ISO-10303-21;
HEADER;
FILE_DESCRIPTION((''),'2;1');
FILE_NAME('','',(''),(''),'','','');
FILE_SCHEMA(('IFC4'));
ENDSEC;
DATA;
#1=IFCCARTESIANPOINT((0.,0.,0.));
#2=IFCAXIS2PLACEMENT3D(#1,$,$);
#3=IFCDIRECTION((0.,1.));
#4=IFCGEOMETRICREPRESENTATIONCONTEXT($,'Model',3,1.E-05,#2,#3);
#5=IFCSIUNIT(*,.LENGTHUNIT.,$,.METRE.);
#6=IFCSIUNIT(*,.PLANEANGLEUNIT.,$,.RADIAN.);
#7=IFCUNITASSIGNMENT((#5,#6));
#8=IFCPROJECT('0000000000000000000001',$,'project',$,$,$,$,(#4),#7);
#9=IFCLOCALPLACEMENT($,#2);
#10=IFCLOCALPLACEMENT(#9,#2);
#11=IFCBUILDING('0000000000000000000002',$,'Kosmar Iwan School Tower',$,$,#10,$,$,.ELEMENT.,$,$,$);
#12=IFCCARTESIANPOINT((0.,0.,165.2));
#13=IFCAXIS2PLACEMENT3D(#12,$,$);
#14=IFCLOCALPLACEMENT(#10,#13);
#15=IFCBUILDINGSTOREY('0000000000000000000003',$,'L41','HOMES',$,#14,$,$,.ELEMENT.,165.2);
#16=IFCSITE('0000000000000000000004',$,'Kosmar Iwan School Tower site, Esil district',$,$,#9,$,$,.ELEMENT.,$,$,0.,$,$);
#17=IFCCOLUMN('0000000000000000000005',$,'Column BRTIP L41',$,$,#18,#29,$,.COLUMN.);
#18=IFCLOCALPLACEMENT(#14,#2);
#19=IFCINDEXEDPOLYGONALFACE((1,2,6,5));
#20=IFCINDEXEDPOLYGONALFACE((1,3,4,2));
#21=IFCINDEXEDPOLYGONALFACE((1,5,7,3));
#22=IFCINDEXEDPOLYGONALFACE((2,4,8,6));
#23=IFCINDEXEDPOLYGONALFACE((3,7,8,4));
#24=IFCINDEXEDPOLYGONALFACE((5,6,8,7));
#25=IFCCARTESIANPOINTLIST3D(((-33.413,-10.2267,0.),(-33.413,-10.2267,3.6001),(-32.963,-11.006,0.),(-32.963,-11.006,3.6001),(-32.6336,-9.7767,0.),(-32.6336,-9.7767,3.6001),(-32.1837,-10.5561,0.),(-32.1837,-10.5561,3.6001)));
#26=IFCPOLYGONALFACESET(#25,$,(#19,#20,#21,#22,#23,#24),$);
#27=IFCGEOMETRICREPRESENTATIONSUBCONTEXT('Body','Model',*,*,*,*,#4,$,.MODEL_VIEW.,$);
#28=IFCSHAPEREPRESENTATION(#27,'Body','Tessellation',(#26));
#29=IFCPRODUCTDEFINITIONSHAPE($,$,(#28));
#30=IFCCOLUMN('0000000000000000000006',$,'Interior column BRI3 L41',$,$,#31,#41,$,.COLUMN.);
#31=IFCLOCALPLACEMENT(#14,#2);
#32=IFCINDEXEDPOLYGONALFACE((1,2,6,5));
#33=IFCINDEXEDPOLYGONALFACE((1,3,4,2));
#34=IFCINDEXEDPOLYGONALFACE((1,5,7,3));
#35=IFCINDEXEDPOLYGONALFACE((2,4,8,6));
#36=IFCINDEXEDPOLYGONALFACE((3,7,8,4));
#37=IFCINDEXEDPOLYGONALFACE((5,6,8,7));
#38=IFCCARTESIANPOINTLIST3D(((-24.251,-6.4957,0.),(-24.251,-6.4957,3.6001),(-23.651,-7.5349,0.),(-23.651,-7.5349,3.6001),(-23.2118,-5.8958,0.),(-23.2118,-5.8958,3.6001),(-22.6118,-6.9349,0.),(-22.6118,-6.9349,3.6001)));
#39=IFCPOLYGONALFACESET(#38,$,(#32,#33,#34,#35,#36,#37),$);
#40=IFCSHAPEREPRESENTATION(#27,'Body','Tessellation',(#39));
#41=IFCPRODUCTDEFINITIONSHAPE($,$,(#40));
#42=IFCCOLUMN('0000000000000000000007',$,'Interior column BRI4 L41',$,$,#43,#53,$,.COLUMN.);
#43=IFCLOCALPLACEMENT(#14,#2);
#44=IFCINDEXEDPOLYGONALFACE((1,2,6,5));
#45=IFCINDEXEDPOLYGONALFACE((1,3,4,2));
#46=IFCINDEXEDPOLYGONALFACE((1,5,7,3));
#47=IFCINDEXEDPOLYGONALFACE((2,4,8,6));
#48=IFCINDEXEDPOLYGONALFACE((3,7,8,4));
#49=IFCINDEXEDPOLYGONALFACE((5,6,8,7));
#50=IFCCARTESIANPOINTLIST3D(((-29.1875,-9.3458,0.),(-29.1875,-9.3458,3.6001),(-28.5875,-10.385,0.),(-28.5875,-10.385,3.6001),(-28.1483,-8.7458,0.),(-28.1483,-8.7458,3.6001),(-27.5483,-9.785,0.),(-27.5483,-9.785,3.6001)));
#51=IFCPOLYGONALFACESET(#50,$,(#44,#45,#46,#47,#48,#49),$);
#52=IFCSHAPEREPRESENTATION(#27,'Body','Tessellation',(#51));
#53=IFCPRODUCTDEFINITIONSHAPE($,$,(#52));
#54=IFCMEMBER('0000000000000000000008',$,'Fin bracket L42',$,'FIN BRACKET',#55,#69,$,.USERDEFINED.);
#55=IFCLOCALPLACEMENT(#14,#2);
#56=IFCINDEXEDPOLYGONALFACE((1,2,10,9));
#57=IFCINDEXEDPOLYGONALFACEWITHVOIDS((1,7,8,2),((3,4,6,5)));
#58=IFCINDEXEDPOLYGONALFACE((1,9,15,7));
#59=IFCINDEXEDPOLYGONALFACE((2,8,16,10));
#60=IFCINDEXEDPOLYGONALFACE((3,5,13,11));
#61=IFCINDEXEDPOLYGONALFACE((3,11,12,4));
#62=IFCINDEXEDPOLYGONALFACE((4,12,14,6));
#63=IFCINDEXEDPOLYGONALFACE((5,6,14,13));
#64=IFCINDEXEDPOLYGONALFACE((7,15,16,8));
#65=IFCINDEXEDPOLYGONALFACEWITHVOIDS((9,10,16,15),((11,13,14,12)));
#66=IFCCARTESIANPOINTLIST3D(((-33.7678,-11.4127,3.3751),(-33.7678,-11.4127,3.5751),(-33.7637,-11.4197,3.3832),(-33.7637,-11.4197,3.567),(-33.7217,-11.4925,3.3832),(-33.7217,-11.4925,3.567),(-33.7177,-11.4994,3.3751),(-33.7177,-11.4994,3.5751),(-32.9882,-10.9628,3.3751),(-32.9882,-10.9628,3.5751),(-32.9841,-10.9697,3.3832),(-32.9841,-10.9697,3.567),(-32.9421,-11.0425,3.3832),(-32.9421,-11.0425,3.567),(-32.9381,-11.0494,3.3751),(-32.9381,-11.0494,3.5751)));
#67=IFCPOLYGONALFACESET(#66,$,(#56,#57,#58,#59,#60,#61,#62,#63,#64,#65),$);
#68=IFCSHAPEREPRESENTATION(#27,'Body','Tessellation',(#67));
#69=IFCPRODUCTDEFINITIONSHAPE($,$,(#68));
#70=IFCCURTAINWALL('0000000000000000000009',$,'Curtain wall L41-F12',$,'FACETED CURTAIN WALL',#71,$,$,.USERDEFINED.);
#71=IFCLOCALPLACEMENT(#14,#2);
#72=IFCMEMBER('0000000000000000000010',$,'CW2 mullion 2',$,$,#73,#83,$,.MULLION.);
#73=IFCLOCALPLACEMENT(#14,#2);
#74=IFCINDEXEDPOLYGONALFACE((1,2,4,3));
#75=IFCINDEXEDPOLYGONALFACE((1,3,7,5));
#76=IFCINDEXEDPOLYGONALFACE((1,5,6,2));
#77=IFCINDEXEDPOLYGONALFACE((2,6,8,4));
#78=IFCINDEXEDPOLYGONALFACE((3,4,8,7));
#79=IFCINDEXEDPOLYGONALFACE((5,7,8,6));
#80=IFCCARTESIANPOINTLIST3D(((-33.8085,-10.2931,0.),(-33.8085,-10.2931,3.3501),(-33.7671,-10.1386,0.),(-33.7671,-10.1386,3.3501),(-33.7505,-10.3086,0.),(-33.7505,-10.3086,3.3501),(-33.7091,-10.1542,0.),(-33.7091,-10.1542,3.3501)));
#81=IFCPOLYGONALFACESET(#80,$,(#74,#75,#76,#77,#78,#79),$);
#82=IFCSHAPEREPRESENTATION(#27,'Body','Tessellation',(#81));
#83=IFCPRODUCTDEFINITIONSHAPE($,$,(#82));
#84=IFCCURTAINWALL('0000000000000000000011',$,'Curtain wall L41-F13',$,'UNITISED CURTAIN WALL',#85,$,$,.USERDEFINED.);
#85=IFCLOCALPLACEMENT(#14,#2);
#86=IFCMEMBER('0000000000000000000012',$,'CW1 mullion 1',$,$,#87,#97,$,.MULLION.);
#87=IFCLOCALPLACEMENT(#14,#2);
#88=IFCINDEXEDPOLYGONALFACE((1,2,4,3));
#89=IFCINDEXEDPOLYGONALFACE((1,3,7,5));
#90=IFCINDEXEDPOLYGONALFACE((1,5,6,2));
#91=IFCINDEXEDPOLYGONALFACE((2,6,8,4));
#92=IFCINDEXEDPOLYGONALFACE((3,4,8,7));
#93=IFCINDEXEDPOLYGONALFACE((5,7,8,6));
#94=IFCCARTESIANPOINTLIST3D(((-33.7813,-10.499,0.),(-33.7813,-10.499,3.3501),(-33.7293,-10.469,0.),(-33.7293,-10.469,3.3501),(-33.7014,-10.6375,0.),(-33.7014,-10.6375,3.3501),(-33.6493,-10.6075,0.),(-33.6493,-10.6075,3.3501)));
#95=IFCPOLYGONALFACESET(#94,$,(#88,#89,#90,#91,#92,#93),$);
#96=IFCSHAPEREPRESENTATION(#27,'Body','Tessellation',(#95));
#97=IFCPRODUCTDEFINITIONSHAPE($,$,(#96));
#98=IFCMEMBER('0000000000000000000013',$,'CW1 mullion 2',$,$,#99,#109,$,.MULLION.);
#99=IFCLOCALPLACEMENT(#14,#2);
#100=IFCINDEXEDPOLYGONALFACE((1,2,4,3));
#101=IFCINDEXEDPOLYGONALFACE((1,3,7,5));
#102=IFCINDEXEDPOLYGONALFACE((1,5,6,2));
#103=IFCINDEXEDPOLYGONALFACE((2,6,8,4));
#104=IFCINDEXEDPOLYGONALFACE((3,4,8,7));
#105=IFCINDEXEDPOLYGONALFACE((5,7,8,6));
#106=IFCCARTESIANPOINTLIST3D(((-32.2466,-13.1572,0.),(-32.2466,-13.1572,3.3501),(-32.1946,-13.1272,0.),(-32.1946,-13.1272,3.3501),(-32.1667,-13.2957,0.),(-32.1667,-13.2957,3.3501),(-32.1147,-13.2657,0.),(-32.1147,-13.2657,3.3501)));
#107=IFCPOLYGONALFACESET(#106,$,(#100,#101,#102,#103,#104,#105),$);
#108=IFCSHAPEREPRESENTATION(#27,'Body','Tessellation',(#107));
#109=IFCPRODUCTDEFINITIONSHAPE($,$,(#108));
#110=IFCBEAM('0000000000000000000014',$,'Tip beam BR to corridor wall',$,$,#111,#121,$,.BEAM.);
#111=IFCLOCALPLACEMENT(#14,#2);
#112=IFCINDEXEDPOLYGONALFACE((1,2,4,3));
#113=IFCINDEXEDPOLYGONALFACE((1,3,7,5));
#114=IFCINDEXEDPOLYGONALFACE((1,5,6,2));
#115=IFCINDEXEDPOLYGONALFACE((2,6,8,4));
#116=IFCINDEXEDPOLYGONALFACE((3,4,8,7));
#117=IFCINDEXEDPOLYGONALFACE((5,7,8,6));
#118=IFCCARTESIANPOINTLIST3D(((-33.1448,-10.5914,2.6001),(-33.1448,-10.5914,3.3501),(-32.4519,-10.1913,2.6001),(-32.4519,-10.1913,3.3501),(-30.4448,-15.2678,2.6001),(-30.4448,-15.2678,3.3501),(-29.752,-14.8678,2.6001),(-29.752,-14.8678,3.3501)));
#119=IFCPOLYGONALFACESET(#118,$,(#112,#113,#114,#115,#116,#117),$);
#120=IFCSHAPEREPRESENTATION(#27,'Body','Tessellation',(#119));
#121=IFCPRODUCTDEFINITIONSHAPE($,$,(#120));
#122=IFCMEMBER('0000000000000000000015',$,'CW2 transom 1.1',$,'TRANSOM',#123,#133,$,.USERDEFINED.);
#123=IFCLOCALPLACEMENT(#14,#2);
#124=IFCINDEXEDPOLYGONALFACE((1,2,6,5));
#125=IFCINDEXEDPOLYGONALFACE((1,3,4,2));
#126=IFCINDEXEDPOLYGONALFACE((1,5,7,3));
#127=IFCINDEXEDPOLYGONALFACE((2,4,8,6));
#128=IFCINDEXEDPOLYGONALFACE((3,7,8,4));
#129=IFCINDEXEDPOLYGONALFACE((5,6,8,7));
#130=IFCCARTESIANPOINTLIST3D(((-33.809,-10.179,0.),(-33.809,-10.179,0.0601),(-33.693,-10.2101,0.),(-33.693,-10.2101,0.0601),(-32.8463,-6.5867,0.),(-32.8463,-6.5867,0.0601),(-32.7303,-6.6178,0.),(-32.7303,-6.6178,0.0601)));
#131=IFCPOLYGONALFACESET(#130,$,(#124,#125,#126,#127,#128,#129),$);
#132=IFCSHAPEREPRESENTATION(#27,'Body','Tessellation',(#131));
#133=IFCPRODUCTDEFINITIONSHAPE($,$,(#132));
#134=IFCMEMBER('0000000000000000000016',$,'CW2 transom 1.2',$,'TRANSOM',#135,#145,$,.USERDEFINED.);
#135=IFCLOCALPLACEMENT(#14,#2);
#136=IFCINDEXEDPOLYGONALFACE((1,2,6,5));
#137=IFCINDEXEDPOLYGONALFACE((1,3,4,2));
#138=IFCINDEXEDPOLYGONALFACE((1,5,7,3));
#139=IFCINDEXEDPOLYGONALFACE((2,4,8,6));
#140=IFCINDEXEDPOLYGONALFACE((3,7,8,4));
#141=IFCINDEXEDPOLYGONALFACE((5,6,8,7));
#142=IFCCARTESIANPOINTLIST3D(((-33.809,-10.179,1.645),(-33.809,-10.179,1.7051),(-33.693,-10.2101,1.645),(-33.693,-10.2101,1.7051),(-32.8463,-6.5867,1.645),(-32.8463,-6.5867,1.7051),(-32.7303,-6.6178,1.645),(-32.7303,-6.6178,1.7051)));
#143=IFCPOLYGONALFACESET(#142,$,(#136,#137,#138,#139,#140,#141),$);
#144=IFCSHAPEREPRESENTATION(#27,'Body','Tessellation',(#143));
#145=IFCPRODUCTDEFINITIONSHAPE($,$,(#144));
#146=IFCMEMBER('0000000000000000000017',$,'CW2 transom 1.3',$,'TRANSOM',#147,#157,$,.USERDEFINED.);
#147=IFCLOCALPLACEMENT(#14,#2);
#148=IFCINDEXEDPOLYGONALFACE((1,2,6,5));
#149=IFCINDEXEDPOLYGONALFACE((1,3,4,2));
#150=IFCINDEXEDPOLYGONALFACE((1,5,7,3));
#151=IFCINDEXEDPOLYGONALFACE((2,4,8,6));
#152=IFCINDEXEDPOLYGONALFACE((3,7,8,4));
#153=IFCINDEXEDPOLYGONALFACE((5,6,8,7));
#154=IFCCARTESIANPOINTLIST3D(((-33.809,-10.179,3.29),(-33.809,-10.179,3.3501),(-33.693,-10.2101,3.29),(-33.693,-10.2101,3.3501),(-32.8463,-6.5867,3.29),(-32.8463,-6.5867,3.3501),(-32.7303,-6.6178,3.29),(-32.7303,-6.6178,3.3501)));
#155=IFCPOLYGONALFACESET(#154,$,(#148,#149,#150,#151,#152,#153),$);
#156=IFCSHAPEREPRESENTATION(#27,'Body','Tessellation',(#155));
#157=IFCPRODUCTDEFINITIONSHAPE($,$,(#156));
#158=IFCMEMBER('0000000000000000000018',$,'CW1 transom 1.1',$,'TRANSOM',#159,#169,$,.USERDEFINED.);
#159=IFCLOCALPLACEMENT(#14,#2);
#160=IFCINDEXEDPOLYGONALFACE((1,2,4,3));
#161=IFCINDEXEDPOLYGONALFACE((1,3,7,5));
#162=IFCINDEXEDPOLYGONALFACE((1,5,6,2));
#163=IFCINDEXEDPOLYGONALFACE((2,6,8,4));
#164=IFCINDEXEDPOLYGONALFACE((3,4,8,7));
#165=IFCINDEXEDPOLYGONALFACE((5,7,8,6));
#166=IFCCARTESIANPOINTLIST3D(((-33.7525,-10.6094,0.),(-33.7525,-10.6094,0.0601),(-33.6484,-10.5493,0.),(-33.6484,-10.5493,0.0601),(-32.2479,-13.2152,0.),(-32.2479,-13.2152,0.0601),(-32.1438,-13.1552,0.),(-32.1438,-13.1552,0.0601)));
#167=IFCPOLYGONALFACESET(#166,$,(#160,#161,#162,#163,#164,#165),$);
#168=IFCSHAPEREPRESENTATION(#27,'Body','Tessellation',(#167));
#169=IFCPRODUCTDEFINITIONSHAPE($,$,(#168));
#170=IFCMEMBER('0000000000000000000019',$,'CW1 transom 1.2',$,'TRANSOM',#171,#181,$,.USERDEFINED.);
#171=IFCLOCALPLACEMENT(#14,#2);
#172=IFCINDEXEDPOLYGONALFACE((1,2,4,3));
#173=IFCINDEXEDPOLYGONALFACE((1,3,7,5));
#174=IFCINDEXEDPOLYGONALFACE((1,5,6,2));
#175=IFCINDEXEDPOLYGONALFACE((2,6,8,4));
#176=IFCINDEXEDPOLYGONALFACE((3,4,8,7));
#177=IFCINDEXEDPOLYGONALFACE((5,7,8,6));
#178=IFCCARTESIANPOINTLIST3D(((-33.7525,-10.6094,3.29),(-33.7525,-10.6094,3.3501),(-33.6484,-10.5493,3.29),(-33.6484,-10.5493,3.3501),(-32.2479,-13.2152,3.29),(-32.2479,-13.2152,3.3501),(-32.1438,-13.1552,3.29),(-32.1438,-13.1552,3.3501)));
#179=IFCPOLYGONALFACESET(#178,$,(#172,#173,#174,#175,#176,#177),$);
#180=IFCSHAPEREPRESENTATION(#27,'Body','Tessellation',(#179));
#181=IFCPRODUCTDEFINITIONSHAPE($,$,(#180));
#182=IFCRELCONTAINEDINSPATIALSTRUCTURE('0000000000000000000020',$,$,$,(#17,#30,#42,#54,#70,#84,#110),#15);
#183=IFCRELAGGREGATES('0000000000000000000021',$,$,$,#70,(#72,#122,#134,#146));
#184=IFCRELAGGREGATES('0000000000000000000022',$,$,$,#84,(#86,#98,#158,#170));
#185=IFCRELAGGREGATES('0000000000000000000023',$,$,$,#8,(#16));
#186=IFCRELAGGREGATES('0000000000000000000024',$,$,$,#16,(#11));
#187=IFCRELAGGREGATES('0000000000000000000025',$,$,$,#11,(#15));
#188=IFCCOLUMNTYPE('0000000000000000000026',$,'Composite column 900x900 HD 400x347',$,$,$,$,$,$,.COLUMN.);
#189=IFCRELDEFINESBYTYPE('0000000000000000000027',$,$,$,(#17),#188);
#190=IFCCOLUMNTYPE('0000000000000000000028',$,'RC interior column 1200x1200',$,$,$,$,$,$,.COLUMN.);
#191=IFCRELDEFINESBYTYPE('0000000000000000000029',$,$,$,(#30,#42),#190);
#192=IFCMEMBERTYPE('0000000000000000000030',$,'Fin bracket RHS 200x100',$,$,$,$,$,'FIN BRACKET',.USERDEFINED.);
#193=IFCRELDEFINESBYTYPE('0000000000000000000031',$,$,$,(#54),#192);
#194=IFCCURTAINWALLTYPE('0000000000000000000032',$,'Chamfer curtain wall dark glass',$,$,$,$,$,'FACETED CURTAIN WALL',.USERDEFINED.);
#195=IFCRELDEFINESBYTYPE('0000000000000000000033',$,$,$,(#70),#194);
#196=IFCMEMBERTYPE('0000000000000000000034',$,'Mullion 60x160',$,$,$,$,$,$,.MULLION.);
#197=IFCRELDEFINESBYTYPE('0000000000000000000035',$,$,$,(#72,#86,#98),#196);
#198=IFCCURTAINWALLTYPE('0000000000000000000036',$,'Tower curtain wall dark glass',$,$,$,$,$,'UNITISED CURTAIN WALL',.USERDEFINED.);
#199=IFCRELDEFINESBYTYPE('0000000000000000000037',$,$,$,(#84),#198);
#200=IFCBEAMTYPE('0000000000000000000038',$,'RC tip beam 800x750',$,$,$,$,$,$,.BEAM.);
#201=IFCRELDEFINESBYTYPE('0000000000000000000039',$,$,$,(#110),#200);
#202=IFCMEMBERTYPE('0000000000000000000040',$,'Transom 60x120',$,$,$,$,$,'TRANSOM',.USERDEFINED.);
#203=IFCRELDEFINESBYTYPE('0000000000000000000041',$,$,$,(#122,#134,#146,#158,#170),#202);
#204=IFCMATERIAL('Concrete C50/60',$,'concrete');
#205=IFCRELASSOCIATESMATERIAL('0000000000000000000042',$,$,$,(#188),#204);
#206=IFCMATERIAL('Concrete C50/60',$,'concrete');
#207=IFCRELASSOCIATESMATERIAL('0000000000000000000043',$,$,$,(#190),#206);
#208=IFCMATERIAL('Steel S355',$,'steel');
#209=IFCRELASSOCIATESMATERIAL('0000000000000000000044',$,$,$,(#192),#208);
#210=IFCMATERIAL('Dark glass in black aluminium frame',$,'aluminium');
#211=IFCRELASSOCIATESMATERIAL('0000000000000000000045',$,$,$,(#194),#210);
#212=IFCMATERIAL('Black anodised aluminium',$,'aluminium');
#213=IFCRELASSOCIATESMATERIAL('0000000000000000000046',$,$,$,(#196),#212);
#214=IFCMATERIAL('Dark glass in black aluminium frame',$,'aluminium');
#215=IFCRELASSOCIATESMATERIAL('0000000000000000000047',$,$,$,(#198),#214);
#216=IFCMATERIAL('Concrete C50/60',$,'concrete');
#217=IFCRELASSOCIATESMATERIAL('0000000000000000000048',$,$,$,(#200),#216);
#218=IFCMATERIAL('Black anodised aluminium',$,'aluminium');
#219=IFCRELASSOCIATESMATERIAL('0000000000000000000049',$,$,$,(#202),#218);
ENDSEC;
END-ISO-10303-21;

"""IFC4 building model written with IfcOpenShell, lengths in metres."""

from ifc_helpers import new_model, si_unit, direction, frame, origin, origin_2d, place, context, subcontext, project, spatial, rectangle, hollow_rectangle, extrude, material, material_profile, profile_set, type_object, element, aggregate, save


model = new_model("IFC4")

# Units and contexts
model_context = context("Model", 3, precision=1e-05, world=origin(), true_north=direction((0.0, 1.0)))
body_context = subcontext(model_context, "Body", "Model", "MODEL_VIEW")
ifc_project = project(units=[si_unit("LENGTHUNIT", "METRE"), si_unit("PLANEANGLEUNIT", "RADIAN")], contexts=[model_context])

# Site, building, storey
site_placement = place(None, origin())
site = spatial("IfcSite", under=ifc_project, at=site_placement, Name="Kosmar Iwan School Tower site, Esil district", CompositionType="ELEMENT", RefElevation=0.0)
building_placement = place(site_placement, origin())
building = spatial("IfcBuilding", under=site, at=building_placement, Name="Kosmar Iwan School Tower", CompositionType="ELEMENT")
storey_placement = place(building_placement, frame((0.0, 0.0, 165.2)))
storey = spatial("IfcBuildingStorey", under=building, at=storey_placement, Name="L41", Description="HOMES", CompositionType="ELEMENT", Elevation=165.2)

# Columns
ifc_material_1 = material(Name="Concrete C50/60", Category="concrete")
ifc_material_profile_1 = material_profile(ifc_material_1, rectangle(XDim=0.8999, YDim=0.8999, at=origin_2d()), Name="RC 900x900 + HD 400x347")
ifc_profile_set_1 = profile_set([ifc_material_profile_1], Name="Concrete C50/60")
column_type_1 = type_object("IfcColumnType", Name="Composite column 900x900 HD 400x347", PredefinedType="COLUMN", material=ifc_profile_set_1)
column_placement = place(storey_placement, frame((-32.7983, -10.3914, 0.0), z_axis=(0.0, 0.0, 1.0), x_axis=(-0.866025, -0.5, 0.0)))
element("IfcColumn", 1, at=column_placement, inside=storey, type_object=column_type_1, Name="Column BRTIP L41", PredefinedType="COLUMN", context=body_context, shape_type="SweptSolid", body=[
    extrude(rectangle(XDim=0.8999, YDim=0.8999, at=origin_2d()), origin(), (0.0, 0.0, 1.0), 3.6001),
])
ifc_material_2 = material(Name="Concrete C50/60", Category="concrete")
ifc_material_profile_2 = material_profile(ifc_material_2, rectangle(XDim=1.2, YDim=1.2, at=origin_2d()), Name="RC 1200x1200")
ifc_profile_set_2 = profile_set([ifc_material_profile_2], Name="Concrete C50/60")
column_type_2 = type_object("IfcColumnType", Name="RC interior column 1200x1200", PredefinedType="COLUMN", material=ifc_profile_set_2)
for number, where, z_axis, x_axis, name in (
    (2, (-23.4314, -6.7153, 0.0), (0.0, 0.0, 1.0), (-0.866025, -0.5, 0.0), "Interior column BRI3 L41"),
    (3, (-28.3679, -9.5654, 0.0), (0.0, 0.0, 1.0), (-0.866025, -0.5, 0.0), "Interior column BRI4 L41"),
):
    element("IfcColumn", number, at=place(storey_placement, frame(where, z_axis=z_axis, x_axis=x_axis)), inside=storey, type_object=column_type_2, Name=name, PredefinedType="COLUMN", context=body_context, shape_type="SweptSolid", body=[
        extrude(rectangle(XDim=1.2, YDim=1.2, at=origin_2d()), origin(), (0.0, 0.0, 1.0), 3.6001),
    ])

# Member
ifc_material_3 = material(Name="Steel S355", Category="steel")
ifc_material_profile_3 = material_profile(ifc_material_3, hollow_rectangle(XDim=0.1001, YDim=0.2, WallThickness=0.0081, at=origin_2d()), Name="RHS 200x100x8")
ifc_profile_set_3 = profile_set([ifc_material_profile_3], Name="Steel S355")
member_type_1 = type_object("IfcMemberType", Name="Fin bracket RHS 200x100", ElementType="FIN BRACKET", PredefinedType="USERDEFINED", material=ifc_profile_set_3)
member_1_placement = place(storey_placement, frame((-32.9631, -11.0061, 3.4751), z_axis=(-0.866082, -0.499902, 0.0), x_axis=(0.499902, -0.866082, 0.0)))
element("IfcMember", 4, at=member_1_placement, inside=storey, type_object=member_type_1, Name="Fin bracket L42", ObjectType="FIN BRACKET", PredefinedType="USERDEFINED", context=body_context, shape_type="SweptSolid", body=[
    extrude(hollow_rectangle(XDim=0.1001, YDim=0.2, WallThickness=0.0081, at=origin_2d()), origin(), (0.0, 0.0, 1.0), 0.9001),
])

# Curtain wall, member
ifc_material_4 = material(Name="Dark glass in black aluminium frame", Category="aluminium")
curtain_wall_type_1 = type_object("IfcCurtainWallType", Name="Chamfer curtain wall dark glass", ElementType="FACETED CURTAIN WALL", PredefinedType="USERDEFINED", material=ifc_material_4)
curtain_wall_1_placement = place(storey_placement, origin())
curtain_wall_1 = element("IfcCurtainWall", 5, at=curtain_wall_1_placement, inside=storey, type_object=curtain_wall_type_1, Name="Curtain wall L41-F12", ObjectType="FACETED CURTAIN WALL", PredefinedType="USERDEFINED")
ifc_material_5 = material(Name="Black anodised aluminium", Category="aluminium")
ifc_material_profile_4 = material_profile(ifc_material_5, rectangle(XDim=0.0601, YDim=0.1599, at=origin_2d()), Name="MULLION 60x160")
ifc_profile_set_4 = profile_set([ifc_material_profile_4], Name="Black anodised aluminium")
member_type_2 = type_object("IfcMemberType", Name="Mullion 60x160", PredefinedType="MULLION", material=ifc_profile_set_4)
member_2_placement = place(storey_placement, frame((-33.7588, -10.2236, 0.0), z_axis=(0.0, 0.0, 1.0), x_axis=(0.965926, -0.258819, 0.0)))
member_2 = element("IfcMember", 6, at=member_2_placement, type_object=member_type_2, Name="CW2 mullion 2", PredefinedType="MULLION", context=body_context, shape_type="SweptSolid", body=[
    extrude(rectangle(XDim=0.0601, YDim=0.1599, at=origin_2d()), origin(), (0.0, 0.0, 1.0), 3.3501),
])

# Curtain wall, members
ifc_material_6 = material(Name="Dark glass in black aluminium frame", Category="aluminium")
curtain_wall_type_2 = type_object("IfcCurtainWallType", Name="Tower curtain wall dark glass", ElementType="UNITISED CURTAIN WALL", PredefinedType="USERDEFINED", material=ifc_material_6)
curtain_wall_2_placement = place(storey_placement, origin())
curtain_wall_2 = element("IfcCurtainWall", 7, at=curtain_wall_2_placement, inside=storey, type_object=curtain_wall_type_2, Name="Curtain wall L41-F13", ObjectType="UNITISED CURTAIN WALL", PredefinedType="USERDEFINED")
member_3_placement = place(storey_placement, frame((-33.7153, -10.5532, 0.0), z_axis=(0.0, 0.0, 1.0), x_axis=(0.866025, 0.5, 0.0)))
member_3 = element("IfcMember", 8, at=member_3_placement, type_object=member_type_2, Name="CW1 mullion 1", PredefinedType="MULLION", context=body_context, shape_type="SweptSolid", body=[
    extrude(rectangle(XDim=0.0601, YDim=0.1599, at=origin_2d()), origin(), (0.0, 0.0, 1.0), 3.3501),
])
member_4_placement = place(storey_placement, frame((-32.1807, -13.2114, 0.0), z_axis=(0.0, 0.0, 1.0), x_axis=(0.866025, 0.5, 0.0)))
member_4 = element("IfcMember", 9, at=member_4_placement, type_object=member_type_2, Name="CW1 mullion 2", PredefinedType="MULLION", context=body_context, shape_type="SweptSolid", body=[
    extrude(rectangle(XDim=0.0601, YDim=0.1599, at=origin_2d()), origin(), (0.0, 0.0, 1.0), 3.3501),
])

# Beam
ifc_material_7 = material(Name="Concrete C50/60", Category="concrete")
ifc_material_profile_5 = material_profile(ifc_material_7, rectangle(XDim=0.8, YDim=0.75, at=origin_2d()), Name="RC 800x750")
ifc_profile_set_5 = profile_set([ifc_material_profile_5], Name="Concrete C50/60")
beam_type = type_object("IfcBeamType", Name="RC tip beam 800x750", PredefinedType="BEAM", material=ifc_profile_set_5)
beam_placement = place(storey_placement, frame((-32.7983, -10.3914, 2.9751), z_axis=(0.499995, -0.866028, 0.0), x_axis=(0.866028, 0.499995, 0.0)))
element("IfcBeam", 10, at=beam_placement, inside=storey, type_object=beam_type, Name="Tip beam BR to corridor wall", PredefinedType="BEAM", context=body_context, shape_type="SweptSolid", body=[
    extrude(rectangle(XDim=0.8, YDim=0.75, at=origin_2d()), origin(), (0.0, 0.0, 1.0), 5.3999),
])

# Members
ifc_material_8 = material(Name="Black anodised aluminium", Category="aluminium")
ifc_material_profile_6 = material_profile(ifc_material_8, rectangle(XDim=0.1201, YDim=0.0601, at=origin_2d()), Name="TRANSOM 60x120")
ifc_profile_set_6 = profile_set([ifc_material_profile_6], Name="Black anodised aluminium")
member_type_3 = type_object("IfcMemberType", Name="Transom 60x120", ElementType="TRANSOM", PredefinedType="USERDEFINED", material=ifc_profile_set_6)
member_5_placement = place(storey_placement, frame((-32.7883, -6.6023, 0.03), z_axis=(-0.258843, -0.965919, 0.0), x_axis=(0.965919, -0.258843, 0.0)))
member_5 = element("IfcMember", 11, at=member_5_placement, type_object=member_type_3, Name="CW2 transom 1.1", ObjectType="TRANSOM", PredefinedType="USERDEFINED", context=body_context, shape_type="SweptSolid", body=[
    extrude(rectangle(XDim=0.1201, YDim=0.0601, at=origin_2d()), origin(), (0.0, 0.0, 1.0), 3.719),
])
member_6_placement = place(storey_placement, frame((-32.7883, -6.6023, 1.675), z_axis=(-0.258843, -0.965919, 0.0), x_axis=(0.965919, -0.258843, 0.0)))
member_6 = element("IfcMember", 12, at=member_6_placement, type_object=member_type_3, Name="CW2 transom 1.2", ObjectType="TRANSOM", PredefinedType="USERDEFINED", context=body_context, shape_type="SweptSolid", body=[
    extrude(rectangle(XDim=0.1201, YDim=0.0601, at=origin_2d()), origin(), (0.0, 0.0, 1.0), 3.719),
])
member_7_placement = place(storey_placement, frame((-32.7883, -6.6023, 3.3201), z_axis=(-0.258843, -0.965919, 0.0), x_axis=(0.965919, -0.258843, 0.0)))
member_7 = element("IfcMember", 13, at=member_7_placement, type_object=member_type_3, Name="CW2 transom 1.3", ObjectType="TRANSOM", PredefinedType="USERDEFINED", context=body_context, shape_type="SweptSolid", body=[
    extrude(rectangle(XDim=0.1201, YDim=0.0601, at=origin_2d()), origin(), (0.0, 0.0, 1.0), 3.719),
])
member_8_placement = place(storey_placement, frame((-33.7004, -10.5793, 0.03), z_axis=(0.500022, -0.866013, 0.0), x_axis=(0.866013, 0.500022, 0.0)))
member_8 = element("IfcMember", 14, at=member_8_placement, type_object=member_type_3, Name="CW1 transom 1.1", ObjectType="TRANSOM", PredefinedType="USERDEFINED", context=body_context, shape_type="SweptSolid", body=[
    extrude(rectangle(XDim=0.1201, YDim=0.0601, at=origin_2d()), origin(), (0.0, 0.0, 1.0), 3.009),
])
member_9_placement = place(storey_placement, frame((-33.7004, -10.5793, 3.3201), z_axis=(0.500022, -0.866013, 0.0), x_axis=(0.866013, 0.500022, 0.0)))
member_9 = element("IfcMember", 15, at=member_9_placement, type_object=member_type_3, Name="CW1 transom 1.2", ObjectType="TRANSOM", PredefinedType="USERDEFINED", context=body_context, shape_type="SweptSolid", body=[
    extrude(rectangle(XDim=0.1201, YDim=0.0601, at=origin_2d()), origin(), (0.0, 0.0, 1.0), 3.009),
])

aggregate(curtain_wall_1, [member_2, member_5, member_6, member_7])
aggregate(curtain_wall_2, [member_3, member_4, member_8, member_9])

save(model, "model.ifc")
